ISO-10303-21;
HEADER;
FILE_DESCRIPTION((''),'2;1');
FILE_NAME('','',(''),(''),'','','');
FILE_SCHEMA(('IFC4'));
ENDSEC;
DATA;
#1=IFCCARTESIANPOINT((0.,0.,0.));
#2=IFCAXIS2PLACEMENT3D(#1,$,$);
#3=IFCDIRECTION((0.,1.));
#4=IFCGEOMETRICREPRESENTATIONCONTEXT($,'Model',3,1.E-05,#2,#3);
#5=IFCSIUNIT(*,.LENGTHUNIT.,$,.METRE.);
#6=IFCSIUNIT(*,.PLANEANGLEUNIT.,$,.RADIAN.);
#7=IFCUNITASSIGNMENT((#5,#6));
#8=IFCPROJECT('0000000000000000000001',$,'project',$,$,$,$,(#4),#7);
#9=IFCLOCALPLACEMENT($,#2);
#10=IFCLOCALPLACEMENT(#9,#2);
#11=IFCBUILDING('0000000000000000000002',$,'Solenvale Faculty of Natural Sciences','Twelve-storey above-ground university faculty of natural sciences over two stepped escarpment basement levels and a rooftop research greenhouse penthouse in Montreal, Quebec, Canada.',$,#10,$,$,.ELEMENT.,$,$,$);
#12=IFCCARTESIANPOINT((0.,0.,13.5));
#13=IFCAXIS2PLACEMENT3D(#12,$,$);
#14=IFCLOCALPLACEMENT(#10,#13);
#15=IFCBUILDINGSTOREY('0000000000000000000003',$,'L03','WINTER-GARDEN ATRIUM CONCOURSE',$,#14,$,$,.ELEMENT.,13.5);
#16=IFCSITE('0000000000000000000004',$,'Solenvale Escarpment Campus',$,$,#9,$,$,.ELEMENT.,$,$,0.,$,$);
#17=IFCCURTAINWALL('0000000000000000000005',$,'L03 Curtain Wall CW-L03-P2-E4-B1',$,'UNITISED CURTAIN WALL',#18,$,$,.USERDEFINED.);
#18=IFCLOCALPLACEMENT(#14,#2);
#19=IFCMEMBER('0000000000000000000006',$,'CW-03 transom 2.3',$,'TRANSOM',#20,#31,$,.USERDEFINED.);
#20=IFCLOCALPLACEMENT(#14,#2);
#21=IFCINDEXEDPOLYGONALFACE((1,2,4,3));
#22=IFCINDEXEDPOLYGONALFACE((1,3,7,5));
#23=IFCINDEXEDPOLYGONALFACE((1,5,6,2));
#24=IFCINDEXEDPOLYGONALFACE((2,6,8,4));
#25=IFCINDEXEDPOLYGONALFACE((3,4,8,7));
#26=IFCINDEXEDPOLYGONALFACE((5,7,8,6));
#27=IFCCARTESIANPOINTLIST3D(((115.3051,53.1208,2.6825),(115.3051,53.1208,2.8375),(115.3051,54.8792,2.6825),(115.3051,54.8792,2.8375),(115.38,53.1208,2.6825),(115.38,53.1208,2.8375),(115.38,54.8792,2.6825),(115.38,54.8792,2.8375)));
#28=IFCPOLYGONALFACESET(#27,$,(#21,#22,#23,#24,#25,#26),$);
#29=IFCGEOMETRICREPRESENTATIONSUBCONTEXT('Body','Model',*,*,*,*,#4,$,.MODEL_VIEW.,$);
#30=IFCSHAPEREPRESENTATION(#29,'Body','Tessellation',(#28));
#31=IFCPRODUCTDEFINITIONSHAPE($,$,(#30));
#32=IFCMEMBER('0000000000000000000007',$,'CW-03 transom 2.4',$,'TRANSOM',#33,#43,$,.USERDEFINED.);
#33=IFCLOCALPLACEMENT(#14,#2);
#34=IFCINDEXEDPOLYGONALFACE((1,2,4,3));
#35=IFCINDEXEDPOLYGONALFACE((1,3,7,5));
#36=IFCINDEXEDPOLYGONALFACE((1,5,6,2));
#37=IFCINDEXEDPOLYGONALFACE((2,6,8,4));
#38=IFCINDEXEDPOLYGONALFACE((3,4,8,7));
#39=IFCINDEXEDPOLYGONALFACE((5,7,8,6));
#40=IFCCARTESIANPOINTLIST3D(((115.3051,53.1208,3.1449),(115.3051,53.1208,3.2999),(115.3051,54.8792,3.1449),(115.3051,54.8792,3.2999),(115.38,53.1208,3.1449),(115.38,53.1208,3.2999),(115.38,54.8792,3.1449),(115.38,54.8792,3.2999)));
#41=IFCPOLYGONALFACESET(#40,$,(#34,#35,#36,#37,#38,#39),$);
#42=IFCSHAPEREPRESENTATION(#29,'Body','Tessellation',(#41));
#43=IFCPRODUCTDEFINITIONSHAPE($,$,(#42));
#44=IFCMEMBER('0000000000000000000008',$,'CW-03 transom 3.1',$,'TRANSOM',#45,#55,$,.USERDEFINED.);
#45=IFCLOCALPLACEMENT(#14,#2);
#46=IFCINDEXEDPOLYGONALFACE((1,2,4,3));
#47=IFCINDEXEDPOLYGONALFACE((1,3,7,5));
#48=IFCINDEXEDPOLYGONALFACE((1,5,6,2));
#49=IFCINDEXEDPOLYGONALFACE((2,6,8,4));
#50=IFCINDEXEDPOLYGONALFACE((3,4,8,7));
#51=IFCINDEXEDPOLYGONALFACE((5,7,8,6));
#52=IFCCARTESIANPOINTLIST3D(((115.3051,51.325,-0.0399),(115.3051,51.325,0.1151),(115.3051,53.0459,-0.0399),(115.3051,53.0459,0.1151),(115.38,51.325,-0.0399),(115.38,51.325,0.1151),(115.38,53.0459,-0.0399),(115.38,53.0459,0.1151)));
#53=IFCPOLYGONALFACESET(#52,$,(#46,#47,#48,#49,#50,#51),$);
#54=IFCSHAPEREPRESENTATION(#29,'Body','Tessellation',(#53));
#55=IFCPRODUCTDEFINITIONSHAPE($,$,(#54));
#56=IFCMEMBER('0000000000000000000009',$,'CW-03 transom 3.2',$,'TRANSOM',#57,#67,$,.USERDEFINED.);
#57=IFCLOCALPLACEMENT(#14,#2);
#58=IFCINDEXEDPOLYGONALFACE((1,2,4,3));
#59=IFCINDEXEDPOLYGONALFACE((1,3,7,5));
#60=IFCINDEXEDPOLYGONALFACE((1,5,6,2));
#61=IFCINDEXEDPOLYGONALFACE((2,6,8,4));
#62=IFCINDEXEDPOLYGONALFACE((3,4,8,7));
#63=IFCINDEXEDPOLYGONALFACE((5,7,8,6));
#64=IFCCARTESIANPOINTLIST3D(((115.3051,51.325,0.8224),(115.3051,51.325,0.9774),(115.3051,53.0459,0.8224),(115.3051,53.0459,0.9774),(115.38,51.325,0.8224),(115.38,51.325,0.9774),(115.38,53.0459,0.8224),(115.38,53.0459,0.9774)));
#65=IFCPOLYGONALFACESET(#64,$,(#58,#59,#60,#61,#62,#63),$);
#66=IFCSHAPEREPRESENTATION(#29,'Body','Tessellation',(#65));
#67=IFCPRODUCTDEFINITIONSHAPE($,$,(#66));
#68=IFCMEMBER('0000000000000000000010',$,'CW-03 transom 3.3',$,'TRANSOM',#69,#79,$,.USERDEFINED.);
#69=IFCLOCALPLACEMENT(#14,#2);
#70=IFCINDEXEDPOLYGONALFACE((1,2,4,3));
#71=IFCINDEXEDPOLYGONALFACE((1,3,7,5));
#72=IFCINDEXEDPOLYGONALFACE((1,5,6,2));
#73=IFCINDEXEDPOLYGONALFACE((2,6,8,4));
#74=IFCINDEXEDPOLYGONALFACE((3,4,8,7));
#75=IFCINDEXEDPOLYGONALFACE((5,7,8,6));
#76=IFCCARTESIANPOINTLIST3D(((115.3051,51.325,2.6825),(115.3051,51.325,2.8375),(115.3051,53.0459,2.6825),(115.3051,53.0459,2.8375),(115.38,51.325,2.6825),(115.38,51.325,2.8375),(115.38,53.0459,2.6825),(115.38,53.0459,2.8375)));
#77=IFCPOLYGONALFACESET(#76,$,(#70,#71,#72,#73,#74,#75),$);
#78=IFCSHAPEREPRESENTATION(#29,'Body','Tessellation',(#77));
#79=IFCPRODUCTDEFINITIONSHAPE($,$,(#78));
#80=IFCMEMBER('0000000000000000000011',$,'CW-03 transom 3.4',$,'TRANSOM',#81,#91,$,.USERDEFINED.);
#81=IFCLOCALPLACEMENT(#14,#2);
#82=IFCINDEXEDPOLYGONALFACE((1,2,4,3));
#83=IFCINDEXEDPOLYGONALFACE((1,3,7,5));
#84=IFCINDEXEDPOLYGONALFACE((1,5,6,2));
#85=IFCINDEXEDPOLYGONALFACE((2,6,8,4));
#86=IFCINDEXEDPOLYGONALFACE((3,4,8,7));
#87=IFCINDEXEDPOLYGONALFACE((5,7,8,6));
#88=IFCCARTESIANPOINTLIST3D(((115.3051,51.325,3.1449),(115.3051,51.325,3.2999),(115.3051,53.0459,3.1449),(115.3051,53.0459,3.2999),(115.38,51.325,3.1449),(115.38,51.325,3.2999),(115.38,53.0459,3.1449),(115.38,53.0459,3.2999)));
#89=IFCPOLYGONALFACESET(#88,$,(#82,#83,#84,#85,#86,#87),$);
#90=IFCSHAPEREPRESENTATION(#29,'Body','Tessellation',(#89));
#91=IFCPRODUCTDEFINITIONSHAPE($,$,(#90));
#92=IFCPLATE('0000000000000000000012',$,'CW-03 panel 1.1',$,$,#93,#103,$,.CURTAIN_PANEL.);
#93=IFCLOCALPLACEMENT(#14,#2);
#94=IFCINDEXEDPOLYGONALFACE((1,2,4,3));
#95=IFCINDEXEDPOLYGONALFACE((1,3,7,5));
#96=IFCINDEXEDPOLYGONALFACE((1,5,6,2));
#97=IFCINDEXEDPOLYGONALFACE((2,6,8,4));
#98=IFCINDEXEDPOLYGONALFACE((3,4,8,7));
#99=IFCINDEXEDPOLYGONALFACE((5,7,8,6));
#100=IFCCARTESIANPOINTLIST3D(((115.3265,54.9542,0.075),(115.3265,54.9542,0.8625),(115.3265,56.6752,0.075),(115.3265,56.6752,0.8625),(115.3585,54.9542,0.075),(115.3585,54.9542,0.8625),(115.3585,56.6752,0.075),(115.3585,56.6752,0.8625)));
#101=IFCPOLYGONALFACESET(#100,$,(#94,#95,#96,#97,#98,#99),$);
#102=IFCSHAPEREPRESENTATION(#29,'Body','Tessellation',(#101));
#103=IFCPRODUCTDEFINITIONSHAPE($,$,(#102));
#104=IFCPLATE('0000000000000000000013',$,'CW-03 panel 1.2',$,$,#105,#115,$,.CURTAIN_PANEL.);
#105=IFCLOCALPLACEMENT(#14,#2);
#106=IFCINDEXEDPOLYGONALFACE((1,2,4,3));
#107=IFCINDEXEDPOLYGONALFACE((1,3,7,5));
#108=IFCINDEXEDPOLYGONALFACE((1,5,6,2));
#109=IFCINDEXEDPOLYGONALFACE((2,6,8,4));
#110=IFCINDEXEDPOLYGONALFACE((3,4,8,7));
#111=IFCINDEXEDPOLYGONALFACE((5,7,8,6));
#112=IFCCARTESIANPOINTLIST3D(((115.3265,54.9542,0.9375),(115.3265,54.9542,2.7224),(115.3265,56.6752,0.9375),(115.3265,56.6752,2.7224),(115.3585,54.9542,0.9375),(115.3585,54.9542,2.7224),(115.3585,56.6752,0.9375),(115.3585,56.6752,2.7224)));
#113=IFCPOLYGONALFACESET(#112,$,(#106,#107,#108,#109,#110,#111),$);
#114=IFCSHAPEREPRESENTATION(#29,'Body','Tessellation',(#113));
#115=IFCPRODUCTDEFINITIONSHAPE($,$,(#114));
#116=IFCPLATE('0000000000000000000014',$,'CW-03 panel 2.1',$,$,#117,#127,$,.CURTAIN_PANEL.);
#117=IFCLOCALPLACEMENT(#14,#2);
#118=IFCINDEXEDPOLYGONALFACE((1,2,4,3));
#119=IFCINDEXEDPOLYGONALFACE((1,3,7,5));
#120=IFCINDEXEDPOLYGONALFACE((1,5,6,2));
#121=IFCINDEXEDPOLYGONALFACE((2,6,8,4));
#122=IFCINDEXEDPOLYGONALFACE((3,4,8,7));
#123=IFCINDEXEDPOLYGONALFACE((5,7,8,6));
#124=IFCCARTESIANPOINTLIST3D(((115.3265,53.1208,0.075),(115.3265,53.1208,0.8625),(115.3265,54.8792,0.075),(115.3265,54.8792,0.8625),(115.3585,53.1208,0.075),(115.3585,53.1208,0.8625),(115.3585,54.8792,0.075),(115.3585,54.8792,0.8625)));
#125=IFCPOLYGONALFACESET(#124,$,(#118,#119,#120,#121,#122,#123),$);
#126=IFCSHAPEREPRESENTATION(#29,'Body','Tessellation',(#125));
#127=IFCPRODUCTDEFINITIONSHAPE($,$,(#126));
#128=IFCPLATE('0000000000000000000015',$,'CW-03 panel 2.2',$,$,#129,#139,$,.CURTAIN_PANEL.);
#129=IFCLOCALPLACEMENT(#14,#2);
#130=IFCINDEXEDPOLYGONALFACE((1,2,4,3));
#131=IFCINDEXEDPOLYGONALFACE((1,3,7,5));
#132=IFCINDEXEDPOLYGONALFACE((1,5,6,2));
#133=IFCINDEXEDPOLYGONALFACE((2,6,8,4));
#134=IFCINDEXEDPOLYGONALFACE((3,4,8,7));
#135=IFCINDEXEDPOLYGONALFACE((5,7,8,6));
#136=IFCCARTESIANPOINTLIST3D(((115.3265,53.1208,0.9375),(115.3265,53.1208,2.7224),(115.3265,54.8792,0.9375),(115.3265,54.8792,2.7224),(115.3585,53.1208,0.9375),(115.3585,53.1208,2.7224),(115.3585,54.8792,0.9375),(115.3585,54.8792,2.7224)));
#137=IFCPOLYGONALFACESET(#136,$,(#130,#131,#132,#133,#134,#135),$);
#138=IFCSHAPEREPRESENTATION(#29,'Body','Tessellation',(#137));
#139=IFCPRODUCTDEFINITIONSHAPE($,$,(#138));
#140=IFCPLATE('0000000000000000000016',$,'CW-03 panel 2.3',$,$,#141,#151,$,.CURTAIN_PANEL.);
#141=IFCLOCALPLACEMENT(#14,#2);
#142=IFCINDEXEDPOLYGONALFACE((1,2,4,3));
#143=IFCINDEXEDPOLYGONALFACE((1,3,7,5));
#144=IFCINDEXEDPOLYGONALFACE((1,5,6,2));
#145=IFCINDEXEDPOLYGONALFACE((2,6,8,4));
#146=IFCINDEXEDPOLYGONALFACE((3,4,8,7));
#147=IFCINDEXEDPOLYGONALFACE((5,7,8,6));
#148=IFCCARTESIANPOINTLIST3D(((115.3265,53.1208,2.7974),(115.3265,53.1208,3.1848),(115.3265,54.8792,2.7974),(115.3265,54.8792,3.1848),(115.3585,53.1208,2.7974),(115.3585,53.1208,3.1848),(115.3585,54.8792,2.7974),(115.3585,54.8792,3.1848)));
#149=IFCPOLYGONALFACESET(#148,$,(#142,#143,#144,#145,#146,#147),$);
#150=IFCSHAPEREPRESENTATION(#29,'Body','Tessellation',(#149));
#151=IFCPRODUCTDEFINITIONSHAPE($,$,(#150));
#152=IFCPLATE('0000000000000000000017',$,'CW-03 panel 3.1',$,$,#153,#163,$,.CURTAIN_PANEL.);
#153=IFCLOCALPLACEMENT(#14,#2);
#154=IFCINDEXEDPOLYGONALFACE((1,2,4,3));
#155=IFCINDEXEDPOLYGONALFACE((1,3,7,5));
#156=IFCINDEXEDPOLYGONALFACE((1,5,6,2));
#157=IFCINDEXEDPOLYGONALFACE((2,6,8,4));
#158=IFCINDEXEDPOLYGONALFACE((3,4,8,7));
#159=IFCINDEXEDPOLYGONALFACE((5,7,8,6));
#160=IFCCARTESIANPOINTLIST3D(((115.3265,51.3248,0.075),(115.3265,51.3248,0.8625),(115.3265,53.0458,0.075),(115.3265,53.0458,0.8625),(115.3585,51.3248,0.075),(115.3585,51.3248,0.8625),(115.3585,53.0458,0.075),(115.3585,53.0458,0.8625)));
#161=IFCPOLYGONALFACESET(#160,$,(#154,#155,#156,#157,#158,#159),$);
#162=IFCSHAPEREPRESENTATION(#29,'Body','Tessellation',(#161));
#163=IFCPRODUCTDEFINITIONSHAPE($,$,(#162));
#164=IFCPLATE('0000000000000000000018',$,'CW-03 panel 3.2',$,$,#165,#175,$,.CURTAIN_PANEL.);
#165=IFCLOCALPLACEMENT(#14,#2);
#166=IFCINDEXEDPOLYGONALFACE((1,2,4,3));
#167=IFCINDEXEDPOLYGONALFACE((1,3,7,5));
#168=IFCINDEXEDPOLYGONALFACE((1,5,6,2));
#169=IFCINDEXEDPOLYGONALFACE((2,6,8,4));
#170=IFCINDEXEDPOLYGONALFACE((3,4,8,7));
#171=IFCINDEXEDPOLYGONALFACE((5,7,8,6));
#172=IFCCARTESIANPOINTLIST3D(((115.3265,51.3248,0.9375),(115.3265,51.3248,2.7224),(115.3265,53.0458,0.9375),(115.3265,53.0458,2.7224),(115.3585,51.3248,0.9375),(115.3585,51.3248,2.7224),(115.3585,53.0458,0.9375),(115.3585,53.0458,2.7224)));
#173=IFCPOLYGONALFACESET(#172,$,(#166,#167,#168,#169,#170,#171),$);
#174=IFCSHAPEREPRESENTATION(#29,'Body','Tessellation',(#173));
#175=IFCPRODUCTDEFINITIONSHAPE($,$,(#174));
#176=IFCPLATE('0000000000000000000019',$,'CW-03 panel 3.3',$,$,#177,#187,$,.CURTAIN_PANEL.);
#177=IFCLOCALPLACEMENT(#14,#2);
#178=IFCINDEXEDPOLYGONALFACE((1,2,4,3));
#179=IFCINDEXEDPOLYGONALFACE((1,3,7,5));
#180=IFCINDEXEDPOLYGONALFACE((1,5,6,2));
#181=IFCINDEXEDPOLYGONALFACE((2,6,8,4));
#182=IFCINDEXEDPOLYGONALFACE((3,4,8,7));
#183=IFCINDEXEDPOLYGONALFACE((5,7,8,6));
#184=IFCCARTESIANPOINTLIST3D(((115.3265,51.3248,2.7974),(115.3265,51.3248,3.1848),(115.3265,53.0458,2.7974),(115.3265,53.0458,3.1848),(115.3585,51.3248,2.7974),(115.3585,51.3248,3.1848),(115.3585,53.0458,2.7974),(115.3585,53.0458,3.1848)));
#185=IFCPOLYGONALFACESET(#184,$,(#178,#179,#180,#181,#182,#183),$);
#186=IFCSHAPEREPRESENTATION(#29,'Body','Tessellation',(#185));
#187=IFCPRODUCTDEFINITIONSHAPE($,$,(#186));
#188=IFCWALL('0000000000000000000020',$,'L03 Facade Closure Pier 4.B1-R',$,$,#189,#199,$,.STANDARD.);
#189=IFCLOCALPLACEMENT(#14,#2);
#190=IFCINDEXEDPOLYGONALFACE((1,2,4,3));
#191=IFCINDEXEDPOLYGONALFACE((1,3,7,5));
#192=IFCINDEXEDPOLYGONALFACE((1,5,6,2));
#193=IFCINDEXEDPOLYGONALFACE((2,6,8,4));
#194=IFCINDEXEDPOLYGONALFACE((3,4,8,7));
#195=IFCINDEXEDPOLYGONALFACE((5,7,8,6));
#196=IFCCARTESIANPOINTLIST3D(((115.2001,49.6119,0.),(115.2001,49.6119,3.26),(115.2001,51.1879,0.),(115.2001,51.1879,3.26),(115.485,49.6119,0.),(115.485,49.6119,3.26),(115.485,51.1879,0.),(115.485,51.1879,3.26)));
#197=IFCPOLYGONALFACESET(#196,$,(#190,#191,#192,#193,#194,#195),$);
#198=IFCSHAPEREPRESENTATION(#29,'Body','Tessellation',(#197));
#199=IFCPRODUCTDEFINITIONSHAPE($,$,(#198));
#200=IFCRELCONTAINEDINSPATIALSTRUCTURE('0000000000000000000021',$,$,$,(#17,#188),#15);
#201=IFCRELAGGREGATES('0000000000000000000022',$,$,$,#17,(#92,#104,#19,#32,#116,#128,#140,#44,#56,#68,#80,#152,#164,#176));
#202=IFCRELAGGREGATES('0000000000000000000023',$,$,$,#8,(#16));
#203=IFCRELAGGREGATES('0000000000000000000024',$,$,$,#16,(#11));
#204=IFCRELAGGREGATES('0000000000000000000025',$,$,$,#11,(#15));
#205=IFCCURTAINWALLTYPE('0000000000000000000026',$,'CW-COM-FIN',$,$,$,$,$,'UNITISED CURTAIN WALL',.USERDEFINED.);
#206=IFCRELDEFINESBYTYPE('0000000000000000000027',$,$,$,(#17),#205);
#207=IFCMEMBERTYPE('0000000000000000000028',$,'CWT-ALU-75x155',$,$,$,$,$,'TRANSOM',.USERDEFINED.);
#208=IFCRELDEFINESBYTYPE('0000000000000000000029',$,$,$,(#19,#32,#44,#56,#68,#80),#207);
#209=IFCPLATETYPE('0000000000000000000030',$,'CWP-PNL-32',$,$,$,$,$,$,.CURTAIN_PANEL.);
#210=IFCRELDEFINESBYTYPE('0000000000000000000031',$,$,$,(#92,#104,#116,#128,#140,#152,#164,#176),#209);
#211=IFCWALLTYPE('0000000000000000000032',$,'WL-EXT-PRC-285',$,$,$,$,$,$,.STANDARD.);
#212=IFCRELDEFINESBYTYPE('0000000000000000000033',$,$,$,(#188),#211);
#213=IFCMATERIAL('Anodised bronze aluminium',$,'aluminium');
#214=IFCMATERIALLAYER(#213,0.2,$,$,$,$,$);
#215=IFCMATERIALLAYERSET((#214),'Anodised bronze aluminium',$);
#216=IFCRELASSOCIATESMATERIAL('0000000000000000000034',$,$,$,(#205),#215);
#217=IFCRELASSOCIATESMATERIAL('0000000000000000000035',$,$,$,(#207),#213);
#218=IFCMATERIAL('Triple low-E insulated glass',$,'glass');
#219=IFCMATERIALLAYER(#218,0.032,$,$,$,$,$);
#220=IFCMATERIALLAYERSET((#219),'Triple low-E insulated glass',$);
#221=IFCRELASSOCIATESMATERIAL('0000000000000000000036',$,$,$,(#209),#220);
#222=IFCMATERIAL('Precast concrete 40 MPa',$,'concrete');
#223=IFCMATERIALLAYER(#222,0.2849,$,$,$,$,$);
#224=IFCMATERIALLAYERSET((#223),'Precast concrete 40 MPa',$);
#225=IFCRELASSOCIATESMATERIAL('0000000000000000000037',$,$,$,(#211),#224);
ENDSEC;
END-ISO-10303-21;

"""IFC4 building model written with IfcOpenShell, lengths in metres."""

from ifc_helpers import new_model, si_unit, direction, frame, frame_2d, origin, origin_2d, place, context, subcontext, project, spatial, rectangle, extrude, material, layer, layer_set, material_profile, profile_set, type_object, element, aggregate, save


model = new_model("IFC4")

# Units and contexts
model_context = context("Model", 3, precision=1e-05, world=origin(), true_north=direction((0.0, 1.0)))
body_context = subcontext(model_context, "Body", "Model", "MODEL_VIEW")
ifc_project = project(units=[si_unit("LENGTHUNIT", "METRE"), si_unit("PLANEANGLEUNIT", "RADIAN")], contexts=[model_context])

# Site, building, storey
site_placement = place(None, origin())
site = spatial("IfcSite", under=ifc_project, at=site_placement, Name="Solenvale Escarpment Campus", CompositionType="ELEMENT", RefElevation=0.0)
building_placement = place(site_placement, origin())
building = spatial("IfcBuilding", under=site, at=building_placement, Name="Solenvale Faculty of Natural Sciences", Description="Twelve-storey above-ground university faculty of natural sciences over two stepped escarpment basement levels and a rooftop research greenhouse penthouse in Montreal, Quebec, Canada.", CompositionType="ELEMENT")
storey_placement = place(building_placement, frame((0.0, 0.0, 13.5)))
storey = spatial("IfcBuildingStorey", under=building, at=storey_placement, Name="L03", Description="WINTER-GARDEN ATRIUM CONCOURSE", CompositionType="ELEMENT", Elevation=13.5)

# Curtain wall
ifc_material_1 = material(Name="Anodised bronze aluminium", Category="aluminium")
ifc_layer_1 = layer(ifc_material_1, 0.2)
ifc_layer_set_1 = layer_set([ifc_layer_1], Name="Anodised bronze aluminium")
curtain_wall_type = type_object("IfcCurtainWallType", Name="CW-COM-FIN", ElementType="UNITISED CURTAIN WALL", PredefinedType="USERDEFINED", material=ifc_layer_set_1)
curtain_wall_1_placement = place(storey_placement, origin())
curtain_wall_1 = element("IfcCurtainWall", 1, at=curtain_wall_1_placement, inside=storey, type_object=curtain_wall_type, Name="L03 Curtain Wall CW-L03-P2-E4-B1", ObjectType="UNITISED CURTAIN WALL", PredefinedType="USERDEFINED")

# Members
ifc_material_profile_1 = material_profile(ifc_material_1, rectangle(XDim=0.075, YDim=0.155, at=origin_2d()), Name="ALU-TRN-75x155")
ifc_profile_set_1 = profile_set([ifc_material_profile_1], Name="Anodised bronze aluminium")
member_type_1 = type_object("IfcMemberType", Name="CWT-ALU-75x155", ElementType="TRANSOM", PredefinedType="USERDEFINED", material=ifc_profile_set_1)
member_1_placement = place(storey_placement, frame((115.3425, 54.8792, 2.76), z_axis=(0.0, -1.0, 0.0), x_axis=(1.0, 0.0, 0.0)))
member_1 = element("IfcMember", 2, at=member_1_placement, type_object=member_type_1, Name="CW-03 transom 2.3", ObjectType="TRANSOM", PredefinedType="USERDEFINED", context=body_context, shape_type="SweptSolid", body=[
    extrude(rectangle(XDim=0.075, YDim=0.155, at=origin_2d()), origin(), (0.0, 0.0, 1.0), 1.7583),
])
member_2_placement = place(storey_placement, frame((115.3425, 54.8792, 3.2224), z_axis=(0.0, -1.0, 0.0), x_axis=(1.0, 0.0, 0.0)))
member_2 = element("IfcMember", 3, at=member_2_placement, type_object=member_type_1, Name="CW-03 transom 2.4", ObjectType="TRANSOM", PredefinedType="USERDEFINED", context=body_context, shape_type="SweptSolid", body=[
    extrude(rectangle(XDim=0.075, YDim=0.155, at=origin_2d()), origin(), (0.0, 0.0, 1.0), 1.7583),
])
member_3_placement = place(storey_placement, frame((115.3425, 53.0459, 0.0376), z_axis=(0.0, -1.0, 0.0), x_axis=(1.0, 0.0, 0.0)))
member_3 = element("IfcMember", 4, at=member_3_placement, type_object=member_type_1, Name="CW-03 transom 3.1", ObjectType="TRANSOM", PredefinedType="USERDEFINED", context=body_context, shape_type="SweptSolid", body=[
    extrude(rectangle(XDim=0.075, YDim=0.155, at=origin_2d()), origin(), (0.0, 0.0, 1.0), 1.7209),
])
member_4_placement = place(storey_placement, frame((115.3425, 53.0459, 0.8999), z_axis=(0.0, -1.0, 0.0), x_axis=(1.0, 0.0, 0.0)))
member_4 = element("IfcMember", 5, at=member_4_placement, type_object=member_type_1, Name="CW-03 transom 3.2", ObjectType="TRANSOM", PredefinedType="USERDEFINED", context=body_context, shape_type="SweptSolid", body=[
    extrude(rectangle(XDim=0.075, YDim=0.155, at=origin_2d()), origin(), (0.0, 0.0, 1.0), 1.7209),
])
member_5_placement = place(storey_placement, frame((115.3425, 53.0459, 2.76), z_axis=(0.0, -1.0, 0.0), x_axis=(1.0, 0.0, 0.0)))
member_5 = element("IfcMember", 6, at=member_5_placement, type_object=member_type_1, Name="CW-03 transom 3.3", ObjectType="TRANSOM", PredefinedType="USERDEFINED", context=body_context, shape_type="SweptSolid", body=[
    extrude(rectangle(XDim=0.075, YDim=0.155, at=origin_2d()), origin(), (0.0, 0.0, 1.0), 1.7209),
])
member_6_placement = place(storey_placement, frame((115.3425, 53.0459, 3.2224), z_axis=(0.0, -1.0, 0.0), x_axis=(1.0, 0.0, 0.0)))
member_6 = element("IfcMember", 7, at=member_6_placement, type_object=member_type_1, Name="CW-03 transom 3.4", ObjectType="TRANSOM", PredefinedType="USERDEFINED", context=body_context, shape_type="SweptSolid", body=[
    extrude(rectangle(XDim=0.075, YDim=0.155, at=origin_2d()), origin(), (0.0, 0.0, 1.0), 1.7209),
])

# Plates
ifc_material_2 = material(Name="Triple low-E insulated glass", Category="glass")
ifc_layer_2 = layer(ifc_material_2, 0.032)
ifc_layer_set_2 = layer_set([ifc_layer_2], Name="Triple low-E insulated glass")
plate_type = type_object("IfcPlateType", Name="CWP-PNL-32", PredefinedType="CURTAIN_PANEL", material=ifc_layer_set_2)
plate_1_placement = place(storey_placement, frame((115.3425, 55.8147, 0.075), z_axis=(0.0, 0.0, 1.0), x_axis=(0.0, -1.0, 0.0)))
plate_1 = element("IfcPlate", 8, at=plate_1_placement, type_object=plate_type, Name="CW-03 panel 1.1", PredefinedType="CURTAIN_PANEL", context=body_context, shape_type="SweptSolid", body=[
    extrude(rectangle(XDim=1.7209, YDim=0.032, at=origin_2d()), origin(), (0.0, 0.0, 1.0), 0.7876),
])
plate_2_placement = place(storey_placement, frame((115.3425, 55.8147, 0.9375), z_axis=(0.0, 0.0, 1.0), x_axis=(0.0, -1.0, 0.0)))
plate_2 = element("IfcPlate", 9, at=plate_2_placement, type_object=plate_type, Name="CW-03 panel 1.2", PredefinedType="CURTAIN_PANEL", context=body_context, shape_type="SweptSolid", body=[
    extrude(rectangle(XDim=1.7209, YDim=0.032, at=origin_2d()), origin(), (0.0, 0.0, 1.0), 1.7849),
])
plate_3_placement = place(storey_placement, frame((115.3425, 54.0, 0.075), z_axis=(0.0, 0.0, 1.0), x_axis=(0.0, -1.0, 0.0)))
plate_3 = element("IfcPlate", 10, at=plate_3_placement, type_object=plate_type, Name="CW-03 panel 2.1", PredefinedType="CURTAIN_PANEL", context=body_context, shape_type="SweptSolid", body=[
    extrude(rectangle(XDim=1.7583, YDim=0.032, at=origin_2d()), origin(), (0.0, 0.0, 1.0), 0.7876),
])
plate_4_placement = place(storey_placement, frame((115.3425, 54.0, 0.9375), z_axis=(0.0, 0.0, 1.0), x_axis=(0.0, -1.0, 0.0)))
plate_4 = element("IfcPlate", 11, at=plate_4_placement, type_object=plate_type, Name="CW-03 panel 2.2", PredefinedType="CURTAIN_PANEL", context=body_context, shape_type="SweptSolid", body=[
    extrude(rectangle(XDim=1.7583, YDim=0.032, at=origin_2d()), origin(), (0.0, 0.0, 1.0), 1.7849),
])
plate_5_placement = place(storey_placement, frame((115.3425, 54.0, 2.7974), z_axis=(0.0, 0.0, 1.0), x_axis=(0.0, -1.0, 0.0)))
plate_5 = element("IfcPlate", 12, at=plate_5_placement, type_object=plate_type, Name="CW-03 panel 2.3", PredefinedType="CURTAIN_PANEL", context=body_context, shape_type="SweptSolid", body=[
    extrude(rectangle(XDim=1.7583, YDim=0.032, at=origin_2d()), origin(), (0.0, 0.0, 1.0), 0.3875),
])
plate_6_placement = place(storey_placement, frame((115.3425, 52.1853, 0.075), z_axis=(0.0, 0.0, 1.0), x_axis=(0.0, -1.0, 0.0)))
plate_6 = element("IfcPlate", 13, at=plate_6_placement, type_object=plate_type, Name="CW-03 panel 3.1", PredefinedType="CURTAIN_PANEL", context=body_context, shape_type="SweptSolid", body=[
    extrude(rectangle(XDim=1.7209, YDim=0.032, at=origin_2d()), origin(), (0.0, 0.0, 1.0), 0.7876),
])
plate_7_placement = place(storey_placement, frame((115.3425, 52.1853, 0.9375), z_axis=(0.0, 0.0, 1.0), x_axis=(0.0, -1.0, 0.0)))
plate_7 = element("IfcPlate", 14, at=plate_7_placement, type_object=plate_type, Name="CW-03 panel 3.2", PredefinedType="CURTAIN_PANEL", context=body_context, shape_type="SweptSolid", body=[
    extrude(rectangle(XDim=1.7209, YDim=0.032, at=origin_2d()), origin(), (0.0, 0.0, 1.0), 1.7849),
])
plate_8_placement = place(storey_placement, frame((115.3425, 52.1853, 2.7974), z_axis=(0.0, 0.0, 1.0), x_axis=(0.0, -1.0, 0.0)))
plate_8 = element("IfcPlate", 15, at=plate_8_placement, type_object=plate_type, Name="CW-03 panel 3.3", PredefinedType="CURTAIN_PANEL", context=body_context, shape_type="SweptSolid", body=[
    extrude(rectangle(XDim=1.7209, YDim=0.032, at=origin_2d()), origin(), (0.0, 0.0, 1.0), 0.3875),
])
aggregate(curtain_wall_1, [plate_1, plate_2, member_1, member_2, plate_3, plate_4, plate_5, member_3, member_4, member_5, member_6, plate_6, plate_7, plate_8])

# Wall
ifc_material_3 = material(Name="Precast concrete 40 MPa", Category="concrete")
ifc_layer_3 = layer(ifc_material_3, 0.2849)
ifc_layer_set_3 = layer_set([ifc_layer_3], Name="Precast concrete 40 MPa")
wall_type = type_object("IfcWallType", Name="WL-EXT-PRC-285", PredefinedType="STANDARD", material=ifc_layer_set_3)
wall_placement = place(storey_placement, frame((115.3425, 51.188, 0.0), z_axis=(0.0, 0.0, 1.0), x_axis=(0.0, -1.0, 0.0)))
element("IfcWall", 16, at=wall_placement, inside=storey, type_object=wall_type, Name="L03 Facade Closure Pier 4.B1-R", PredefinedType="STANDARD", context=body_context, shape_type="SweptSolid", body=[
    extrude(rectangle(XDim=1.5759, YDim=0.2849, at=frame_2d((0.7881, 0.0))), origin(), (0.0, 0.0, 1.0), 3.26),
])

save(model, "model.ifc")
